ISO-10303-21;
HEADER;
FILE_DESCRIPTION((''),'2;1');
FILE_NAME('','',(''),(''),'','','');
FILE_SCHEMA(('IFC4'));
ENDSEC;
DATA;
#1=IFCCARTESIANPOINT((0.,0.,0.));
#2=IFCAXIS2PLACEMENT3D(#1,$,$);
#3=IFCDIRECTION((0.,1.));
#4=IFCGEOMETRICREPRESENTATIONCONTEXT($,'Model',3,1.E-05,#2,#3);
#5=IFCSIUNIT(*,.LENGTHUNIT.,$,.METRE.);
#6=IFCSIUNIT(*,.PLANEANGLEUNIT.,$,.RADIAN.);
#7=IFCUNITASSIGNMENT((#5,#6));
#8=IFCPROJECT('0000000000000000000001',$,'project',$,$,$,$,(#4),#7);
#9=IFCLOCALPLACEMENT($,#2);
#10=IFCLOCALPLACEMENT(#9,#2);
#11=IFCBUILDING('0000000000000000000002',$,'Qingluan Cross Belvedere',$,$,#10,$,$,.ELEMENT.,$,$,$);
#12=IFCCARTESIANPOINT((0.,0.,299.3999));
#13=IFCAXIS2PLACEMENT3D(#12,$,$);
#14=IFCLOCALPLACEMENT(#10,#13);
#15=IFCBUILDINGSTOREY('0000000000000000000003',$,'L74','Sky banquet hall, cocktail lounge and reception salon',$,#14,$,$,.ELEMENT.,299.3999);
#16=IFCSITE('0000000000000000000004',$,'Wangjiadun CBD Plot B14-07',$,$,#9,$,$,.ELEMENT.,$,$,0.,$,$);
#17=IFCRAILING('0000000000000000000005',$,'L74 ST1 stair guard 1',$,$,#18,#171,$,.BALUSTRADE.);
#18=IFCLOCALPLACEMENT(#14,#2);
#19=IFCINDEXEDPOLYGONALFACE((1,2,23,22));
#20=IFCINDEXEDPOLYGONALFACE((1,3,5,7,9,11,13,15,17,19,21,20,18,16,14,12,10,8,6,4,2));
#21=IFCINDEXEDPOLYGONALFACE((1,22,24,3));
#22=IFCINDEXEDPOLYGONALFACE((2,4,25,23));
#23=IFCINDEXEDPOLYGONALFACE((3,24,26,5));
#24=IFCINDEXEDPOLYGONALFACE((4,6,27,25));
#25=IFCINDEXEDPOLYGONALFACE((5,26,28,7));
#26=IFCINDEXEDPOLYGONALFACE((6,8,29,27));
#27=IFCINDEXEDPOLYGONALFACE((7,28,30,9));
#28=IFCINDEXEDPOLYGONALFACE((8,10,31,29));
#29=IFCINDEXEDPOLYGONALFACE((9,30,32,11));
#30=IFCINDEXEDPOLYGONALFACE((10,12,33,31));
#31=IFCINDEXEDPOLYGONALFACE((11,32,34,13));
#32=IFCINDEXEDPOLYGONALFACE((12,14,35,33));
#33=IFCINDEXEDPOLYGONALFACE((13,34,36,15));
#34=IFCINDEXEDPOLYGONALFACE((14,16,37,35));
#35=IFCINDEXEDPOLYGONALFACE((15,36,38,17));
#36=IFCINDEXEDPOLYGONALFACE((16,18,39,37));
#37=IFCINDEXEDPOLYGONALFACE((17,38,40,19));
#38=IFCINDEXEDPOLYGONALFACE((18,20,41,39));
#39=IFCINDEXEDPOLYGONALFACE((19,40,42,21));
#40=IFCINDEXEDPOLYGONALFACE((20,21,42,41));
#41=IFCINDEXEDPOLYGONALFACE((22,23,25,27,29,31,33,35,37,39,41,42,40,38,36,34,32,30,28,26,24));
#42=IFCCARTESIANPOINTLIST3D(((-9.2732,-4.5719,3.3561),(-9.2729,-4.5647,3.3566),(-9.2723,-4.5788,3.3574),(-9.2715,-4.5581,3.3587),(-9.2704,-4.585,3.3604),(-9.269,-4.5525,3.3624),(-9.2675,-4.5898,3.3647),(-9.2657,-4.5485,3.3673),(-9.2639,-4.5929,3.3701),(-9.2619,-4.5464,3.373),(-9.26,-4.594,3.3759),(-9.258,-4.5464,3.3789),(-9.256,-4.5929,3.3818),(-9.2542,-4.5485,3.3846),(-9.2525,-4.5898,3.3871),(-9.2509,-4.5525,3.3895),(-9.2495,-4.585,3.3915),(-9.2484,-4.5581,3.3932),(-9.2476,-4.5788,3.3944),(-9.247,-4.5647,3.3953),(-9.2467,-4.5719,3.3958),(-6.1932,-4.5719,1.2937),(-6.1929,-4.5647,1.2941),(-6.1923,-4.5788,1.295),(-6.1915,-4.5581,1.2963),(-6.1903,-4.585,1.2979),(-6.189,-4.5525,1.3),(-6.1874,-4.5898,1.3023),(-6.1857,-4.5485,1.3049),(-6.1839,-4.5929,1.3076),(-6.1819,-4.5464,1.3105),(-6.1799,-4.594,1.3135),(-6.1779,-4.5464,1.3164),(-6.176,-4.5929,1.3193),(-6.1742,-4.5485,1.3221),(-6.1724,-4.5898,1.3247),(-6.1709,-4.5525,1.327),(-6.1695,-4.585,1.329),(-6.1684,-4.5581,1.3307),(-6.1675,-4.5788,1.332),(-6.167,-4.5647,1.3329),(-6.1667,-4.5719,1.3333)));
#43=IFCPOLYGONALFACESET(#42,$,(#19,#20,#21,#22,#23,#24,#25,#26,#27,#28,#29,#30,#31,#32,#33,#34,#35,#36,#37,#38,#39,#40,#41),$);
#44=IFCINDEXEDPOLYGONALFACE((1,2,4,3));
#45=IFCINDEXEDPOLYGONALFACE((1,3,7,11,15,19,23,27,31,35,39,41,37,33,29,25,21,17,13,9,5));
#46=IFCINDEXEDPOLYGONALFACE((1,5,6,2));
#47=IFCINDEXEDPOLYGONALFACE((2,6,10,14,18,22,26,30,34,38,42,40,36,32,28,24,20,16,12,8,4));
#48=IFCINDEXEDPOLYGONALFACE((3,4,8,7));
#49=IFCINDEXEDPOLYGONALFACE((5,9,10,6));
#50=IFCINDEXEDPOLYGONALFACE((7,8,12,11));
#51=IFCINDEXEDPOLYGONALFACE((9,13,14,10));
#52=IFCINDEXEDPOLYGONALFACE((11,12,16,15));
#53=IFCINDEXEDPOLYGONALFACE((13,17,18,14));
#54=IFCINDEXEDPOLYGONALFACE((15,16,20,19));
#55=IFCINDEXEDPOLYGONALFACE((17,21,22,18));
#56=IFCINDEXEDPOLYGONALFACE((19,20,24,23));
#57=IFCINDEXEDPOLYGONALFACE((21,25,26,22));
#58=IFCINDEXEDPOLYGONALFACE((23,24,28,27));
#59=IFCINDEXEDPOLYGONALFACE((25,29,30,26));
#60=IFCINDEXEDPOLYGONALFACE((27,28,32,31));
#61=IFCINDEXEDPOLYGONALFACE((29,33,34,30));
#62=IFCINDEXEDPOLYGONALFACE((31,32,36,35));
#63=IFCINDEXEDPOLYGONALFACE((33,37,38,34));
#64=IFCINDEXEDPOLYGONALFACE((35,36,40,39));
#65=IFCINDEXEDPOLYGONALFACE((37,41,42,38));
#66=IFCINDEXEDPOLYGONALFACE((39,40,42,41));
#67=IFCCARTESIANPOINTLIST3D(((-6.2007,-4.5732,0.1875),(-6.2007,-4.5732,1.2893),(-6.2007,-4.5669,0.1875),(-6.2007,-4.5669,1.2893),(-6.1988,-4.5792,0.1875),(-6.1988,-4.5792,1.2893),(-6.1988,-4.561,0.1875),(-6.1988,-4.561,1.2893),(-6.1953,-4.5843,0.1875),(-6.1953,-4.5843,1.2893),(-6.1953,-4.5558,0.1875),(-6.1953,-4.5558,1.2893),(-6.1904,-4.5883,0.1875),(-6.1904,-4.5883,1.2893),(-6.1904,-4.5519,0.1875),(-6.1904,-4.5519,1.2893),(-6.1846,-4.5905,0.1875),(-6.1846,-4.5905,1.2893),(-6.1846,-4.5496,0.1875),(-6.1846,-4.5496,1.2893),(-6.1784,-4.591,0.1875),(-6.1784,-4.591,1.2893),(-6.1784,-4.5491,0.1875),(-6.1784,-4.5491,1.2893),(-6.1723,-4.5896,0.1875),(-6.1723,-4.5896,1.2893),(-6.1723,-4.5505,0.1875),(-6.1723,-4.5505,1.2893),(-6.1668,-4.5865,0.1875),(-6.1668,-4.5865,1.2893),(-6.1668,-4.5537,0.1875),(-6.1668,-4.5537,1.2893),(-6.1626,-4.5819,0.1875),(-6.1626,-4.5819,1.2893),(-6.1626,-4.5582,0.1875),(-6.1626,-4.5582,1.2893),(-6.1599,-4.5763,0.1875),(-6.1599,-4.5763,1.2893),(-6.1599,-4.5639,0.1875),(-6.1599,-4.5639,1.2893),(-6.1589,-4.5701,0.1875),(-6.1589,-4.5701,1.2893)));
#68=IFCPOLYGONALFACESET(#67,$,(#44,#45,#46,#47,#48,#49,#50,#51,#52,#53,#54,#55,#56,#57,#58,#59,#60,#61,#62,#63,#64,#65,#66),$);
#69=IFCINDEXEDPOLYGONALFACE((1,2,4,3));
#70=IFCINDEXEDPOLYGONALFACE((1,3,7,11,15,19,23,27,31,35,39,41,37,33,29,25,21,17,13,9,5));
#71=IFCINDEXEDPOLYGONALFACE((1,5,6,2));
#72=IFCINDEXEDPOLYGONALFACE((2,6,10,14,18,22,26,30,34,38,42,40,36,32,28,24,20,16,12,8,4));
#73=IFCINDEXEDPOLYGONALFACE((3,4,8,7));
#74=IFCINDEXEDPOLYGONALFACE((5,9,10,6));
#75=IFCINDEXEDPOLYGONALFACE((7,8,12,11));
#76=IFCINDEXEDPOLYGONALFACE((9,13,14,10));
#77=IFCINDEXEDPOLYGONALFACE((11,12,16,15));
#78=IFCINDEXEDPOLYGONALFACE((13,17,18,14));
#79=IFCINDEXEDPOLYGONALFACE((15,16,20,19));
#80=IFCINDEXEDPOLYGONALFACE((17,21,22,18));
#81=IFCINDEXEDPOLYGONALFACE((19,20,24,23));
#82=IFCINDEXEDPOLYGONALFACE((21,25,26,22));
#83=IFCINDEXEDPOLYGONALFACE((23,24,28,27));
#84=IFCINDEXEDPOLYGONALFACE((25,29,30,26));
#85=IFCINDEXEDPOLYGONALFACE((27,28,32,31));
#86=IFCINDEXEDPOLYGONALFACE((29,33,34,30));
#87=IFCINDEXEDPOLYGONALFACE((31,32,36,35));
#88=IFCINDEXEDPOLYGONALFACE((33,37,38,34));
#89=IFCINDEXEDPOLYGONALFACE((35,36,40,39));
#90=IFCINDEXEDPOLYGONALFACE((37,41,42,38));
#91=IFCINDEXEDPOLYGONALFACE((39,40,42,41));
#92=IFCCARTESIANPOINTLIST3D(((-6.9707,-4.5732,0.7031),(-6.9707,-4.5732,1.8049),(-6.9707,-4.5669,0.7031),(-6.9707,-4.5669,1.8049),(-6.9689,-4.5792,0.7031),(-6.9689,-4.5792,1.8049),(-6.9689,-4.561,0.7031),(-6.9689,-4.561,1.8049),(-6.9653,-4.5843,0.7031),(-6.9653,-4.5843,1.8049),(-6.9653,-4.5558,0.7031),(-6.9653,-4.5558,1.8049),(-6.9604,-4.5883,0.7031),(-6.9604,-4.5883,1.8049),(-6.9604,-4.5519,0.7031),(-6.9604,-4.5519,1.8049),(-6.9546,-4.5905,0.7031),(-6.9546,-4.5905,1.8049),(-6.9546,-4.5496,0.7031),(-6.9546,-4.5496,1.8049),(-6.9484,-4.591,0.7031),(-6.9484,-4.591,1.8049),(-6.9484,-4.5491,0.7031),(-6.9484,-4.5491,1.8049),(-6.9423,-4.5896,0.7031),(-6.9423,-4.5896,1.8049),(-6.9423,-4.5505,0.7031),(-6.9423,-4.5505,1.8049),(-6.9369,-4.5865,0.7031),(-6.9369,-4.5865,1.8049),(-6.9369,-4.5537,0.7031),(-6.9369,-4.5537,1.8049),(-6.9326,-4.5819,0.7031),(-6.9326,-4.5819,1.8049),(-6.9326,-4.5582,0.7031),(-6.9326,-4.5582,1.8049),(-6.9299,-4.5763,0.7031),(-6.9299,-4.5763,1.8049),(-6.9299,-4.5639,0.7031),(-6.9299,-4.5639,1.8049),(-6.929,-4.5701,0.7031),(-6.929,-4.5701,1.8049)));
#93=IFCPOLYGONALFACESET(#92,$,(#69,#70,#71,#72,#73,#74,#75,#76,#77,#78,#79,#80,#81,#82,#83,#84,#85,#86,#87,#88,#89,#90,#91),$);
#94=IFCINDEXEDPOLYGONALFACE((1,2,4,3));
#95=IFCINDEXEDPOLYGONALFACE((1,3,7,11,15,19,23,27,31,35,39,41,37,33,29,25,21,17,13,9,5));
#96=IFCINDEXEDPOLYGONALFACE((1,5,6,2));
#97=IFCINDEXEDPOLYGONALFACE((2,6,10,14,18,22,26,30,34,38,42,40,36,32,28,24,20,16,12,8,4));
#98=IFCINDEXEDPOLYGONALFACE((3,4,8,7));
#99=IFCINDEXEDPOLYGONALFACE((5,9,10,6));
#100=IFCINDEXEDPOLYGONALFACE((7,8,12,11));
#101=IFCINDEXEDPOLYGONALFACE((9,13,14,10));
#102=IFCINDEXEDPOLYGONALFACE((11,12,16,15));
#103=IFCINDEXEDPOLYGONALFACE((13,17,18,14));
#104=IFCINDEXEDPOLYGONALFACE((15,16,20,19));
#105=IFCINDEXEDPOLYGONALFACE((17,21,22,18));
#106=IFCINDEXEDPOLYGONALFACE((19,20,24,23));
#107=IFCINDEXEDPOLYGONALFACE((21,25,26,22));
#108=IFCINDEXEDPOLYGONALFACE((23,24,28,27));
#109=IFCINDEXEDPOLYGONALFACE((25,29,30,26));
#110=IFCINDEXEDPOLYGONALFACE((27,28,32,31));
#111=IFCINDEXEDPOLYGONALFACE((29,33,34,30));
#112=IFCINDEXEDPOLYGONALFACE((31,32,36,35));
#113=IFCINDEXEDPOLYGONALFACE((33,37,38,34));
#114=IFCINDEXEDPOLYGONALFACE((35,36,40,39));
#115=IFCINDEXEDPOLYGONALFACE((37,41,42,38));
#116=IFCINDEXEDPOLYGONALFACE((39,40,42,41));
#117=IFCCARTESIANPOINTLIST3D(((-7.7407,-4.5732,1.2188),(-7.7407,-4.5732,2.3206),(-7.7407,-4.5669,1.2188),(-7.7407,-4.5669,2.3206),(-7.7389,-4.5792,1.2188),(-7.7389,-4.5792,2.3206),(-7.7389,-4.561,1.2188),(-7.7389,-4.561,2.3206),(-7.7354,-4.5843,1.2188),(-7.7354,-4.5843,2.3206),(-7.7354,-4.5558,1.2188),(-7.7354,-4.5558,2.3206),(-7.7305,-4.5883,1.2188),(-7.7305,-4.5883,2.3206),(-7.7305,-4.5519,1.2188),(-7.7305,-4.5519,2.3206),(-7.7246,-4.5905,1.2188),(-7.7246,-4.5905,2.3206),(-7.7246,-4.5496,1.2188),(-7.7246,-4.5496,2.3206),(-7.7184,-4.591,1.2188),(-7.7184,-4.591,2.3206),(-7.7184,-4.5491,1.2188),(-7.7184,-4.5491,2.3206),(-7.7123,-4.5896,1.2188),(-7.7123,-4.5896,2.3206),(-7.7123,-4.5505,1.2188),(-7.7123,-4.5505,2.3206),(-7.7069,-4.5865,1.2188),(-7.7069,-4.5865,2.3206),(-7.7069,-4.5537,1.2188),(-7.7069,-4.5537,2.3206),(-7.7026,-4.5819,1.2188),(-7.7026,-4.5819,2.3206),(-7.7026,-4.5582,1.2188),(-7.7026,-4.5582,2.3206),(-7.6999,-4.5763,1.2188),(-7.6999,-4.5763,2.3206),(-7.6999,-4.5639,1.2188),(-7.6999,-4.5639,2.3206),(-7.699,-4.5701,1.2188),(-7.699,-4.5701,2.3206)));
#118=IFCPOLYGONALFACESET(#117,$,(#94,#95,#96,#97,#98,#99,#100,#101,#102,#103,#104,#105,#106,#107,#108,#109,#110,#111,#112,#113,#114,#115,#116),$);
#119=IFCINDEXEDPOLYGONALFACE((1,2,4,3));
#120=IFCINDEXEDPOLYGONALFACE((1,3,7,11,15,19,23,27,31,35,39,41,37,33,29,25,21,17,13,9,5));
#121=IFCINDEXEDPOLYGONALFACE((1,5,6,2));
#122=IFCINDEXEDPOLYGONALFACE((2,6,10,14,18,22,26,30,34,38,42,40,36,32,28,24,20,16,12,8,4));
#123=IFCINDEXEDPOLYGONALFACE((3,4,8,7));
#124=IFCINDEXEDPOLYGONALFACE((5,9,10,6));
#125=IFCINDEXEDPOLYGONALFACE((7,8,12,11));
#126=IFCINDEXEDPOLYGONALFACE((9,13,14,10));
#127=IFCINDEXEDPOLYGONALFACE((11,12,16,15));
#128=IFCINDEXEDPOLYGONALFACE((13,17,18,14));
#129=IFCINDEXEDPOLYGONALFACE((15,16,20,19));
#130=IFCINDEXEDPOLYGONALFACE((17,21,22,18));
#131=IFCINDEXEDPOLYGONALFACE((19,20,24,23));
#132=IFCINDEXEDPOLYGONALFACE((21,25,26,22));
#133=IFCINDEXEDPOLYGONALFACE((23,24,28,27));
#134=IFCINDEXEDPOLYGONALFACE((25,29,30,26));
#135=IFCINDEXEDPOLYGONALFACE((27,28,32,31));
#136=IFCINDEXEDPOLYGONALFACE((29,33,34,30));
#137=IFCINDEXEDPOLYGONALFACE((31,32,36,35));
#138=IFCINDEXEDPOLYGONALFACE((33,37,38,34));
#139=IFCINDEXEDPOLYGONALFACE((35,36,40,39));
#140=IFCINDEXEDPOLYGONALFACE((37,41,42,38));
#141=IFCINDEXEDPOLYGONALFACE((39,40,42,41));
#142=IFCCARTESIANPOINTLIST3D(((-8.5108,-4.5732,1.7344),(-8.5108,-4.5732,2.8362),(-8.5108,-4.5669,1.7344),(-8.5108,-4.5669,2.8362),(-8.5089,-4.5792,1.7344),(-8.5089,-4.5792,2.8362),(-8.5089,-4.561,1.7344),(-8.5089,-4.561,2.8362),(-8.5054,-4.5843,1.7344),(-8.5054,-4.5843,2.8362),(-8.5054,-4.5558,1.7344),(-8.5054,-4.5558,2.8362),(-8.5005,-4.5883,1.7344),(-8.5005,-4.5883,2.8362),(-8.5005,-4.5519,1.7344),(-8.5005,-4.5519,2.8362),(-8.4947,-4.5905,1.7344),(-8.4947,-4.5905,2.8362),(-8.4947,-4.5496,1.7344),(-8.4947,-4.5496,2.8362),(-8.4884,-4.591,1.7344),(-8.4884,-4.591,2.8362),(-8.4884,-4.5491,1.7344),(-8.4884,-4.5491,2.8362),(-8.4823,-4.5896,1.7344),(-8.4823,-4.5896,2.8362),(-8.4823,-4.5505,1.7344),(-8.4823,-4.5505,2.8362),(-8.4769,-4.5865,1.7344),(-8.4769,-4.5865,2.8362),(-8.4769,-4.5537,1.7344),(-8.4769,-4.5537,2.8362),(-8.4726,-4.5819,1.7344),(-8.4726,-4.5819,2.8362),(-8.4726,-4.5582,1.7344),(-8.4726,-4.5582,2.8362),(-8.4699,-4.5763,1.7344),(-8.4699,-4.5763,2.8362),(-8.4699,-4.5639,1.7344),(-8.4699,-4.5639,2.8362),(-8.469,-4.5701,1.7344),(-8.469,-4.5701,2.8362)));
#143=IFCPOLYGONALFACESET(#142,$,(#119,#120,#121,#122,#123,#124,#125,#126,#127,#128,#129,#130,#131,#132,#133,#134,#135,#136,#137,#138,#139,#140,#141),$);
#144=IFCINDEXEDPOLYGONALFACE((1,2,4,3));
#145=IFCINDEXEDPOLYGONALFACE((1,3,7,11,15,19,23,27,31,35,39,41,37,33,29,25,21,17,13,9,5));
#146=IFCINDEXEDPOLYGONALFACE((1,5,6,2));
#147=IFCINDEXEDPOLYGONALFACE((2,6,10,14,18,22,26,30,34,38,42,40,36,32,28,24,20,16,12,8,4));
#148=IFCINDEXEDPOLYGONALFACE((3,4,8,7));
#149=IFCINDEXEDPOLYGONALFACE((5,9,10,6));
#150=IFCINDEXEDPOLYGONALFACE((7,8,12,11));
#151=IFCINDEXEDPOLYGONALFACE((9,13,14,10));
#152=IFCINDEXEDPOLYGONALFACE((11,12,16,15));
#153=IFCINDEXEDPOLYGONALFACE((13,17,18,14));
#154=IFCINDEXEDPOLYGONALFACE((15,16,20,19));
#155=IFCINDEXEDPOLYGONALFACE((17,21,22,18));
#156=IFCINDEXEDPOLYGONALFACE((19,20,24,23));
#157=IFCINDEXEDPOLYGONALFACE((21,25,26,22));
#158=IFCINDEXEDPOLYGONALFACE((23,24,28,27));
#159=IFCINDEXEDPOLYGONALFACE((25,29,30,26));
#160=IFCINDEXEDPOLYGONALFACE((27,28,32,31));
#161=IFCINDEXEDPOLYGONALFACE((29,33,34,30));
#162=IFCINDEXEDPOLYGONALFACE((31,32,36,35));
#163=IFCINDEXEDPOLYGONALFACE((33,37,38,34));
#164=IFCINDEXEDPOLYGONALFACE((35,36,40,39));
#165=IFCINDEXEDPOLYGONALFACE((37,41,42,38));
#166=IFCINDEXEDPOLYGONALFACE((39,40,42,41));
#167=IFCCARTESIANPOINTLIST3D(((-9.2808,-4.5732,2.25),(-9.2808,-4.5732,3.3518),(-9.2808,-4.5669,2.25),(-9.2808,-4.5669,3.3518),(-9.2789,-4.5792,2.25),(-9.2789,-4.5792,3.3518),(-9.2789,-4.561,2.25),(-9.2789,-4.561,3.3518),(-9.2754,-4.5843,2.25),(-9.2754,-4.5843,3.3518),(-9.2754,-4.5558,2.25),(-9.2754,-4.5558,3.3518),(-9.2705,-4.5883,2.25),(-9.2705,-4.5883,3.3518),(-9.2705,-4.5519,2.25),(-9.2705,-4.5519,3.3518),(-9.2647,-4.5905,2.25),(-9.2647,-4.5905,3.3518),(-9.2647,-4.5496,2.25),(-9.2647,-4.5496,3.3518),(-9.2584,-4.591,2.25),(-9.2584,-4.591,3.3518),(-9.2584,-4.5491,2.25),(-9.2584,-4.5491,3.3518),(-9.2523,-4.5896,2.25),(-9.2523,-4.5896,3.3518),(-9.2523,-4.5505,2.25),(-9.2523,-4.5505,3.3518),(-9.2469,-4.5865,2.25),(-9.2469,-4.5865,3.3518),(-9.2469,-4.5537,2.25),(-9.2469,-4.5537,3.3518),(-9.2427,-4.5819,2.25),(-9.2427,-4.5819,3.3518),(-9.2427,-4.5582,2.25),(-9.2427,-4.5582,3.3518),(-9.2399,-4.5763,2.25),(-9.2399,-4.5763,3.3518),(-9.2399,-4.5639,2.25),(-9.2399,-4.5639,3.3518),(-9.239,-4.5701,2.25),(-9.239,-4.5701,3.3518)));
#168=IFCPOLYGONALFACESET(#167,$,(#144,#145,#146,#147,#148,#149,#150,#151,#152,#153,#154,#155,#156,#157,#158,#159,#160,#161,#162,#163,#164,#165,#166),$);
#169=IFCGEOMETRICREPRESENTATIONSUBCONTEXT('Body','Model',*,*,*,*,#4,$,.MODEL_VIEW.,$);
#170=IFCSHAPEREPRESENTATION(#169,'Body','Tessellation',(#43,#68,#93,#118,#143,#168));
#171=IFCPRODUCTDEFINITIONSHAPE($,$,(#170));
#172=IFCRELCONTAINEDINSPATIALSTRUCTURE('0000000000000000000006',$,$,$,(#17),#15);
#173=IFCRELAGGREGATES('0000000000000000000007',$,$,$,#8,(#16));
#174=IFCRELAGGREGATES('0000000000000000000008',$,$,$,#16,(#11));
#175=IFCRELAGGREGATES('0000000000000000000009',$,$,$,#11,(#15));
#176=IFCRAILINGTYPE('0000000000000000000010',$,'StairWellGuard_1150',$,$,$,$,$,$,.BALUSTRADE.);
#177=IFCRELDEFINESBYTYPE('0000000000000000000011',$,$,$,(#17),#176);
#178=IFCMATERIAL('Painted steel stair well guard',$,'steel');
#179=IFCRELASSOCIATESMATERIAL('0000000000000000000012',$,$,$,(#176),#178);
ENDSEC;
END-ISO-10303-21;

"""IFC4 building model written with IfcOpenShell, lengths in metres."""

from ifc_helpers import new_model, si_unit, direction, frame, origin, origin_2d, place, context, subcontext, project, spatial, circle, extrude, material, type_object, element, save


model = new_model("IFC4")

# Units and contexts
model_context = context("Model", 3, precision=1e-05, world=origin(), true_north=direction((0.0, 1.0)))
body_context = subcontext(model_context, "Body", "Model", "MODEL_VIEW")
ifc_project = project(units=[si_unit("LENGTHUNIT", "METRE"), si_unit("PLANEANGLEUNIT", "RADIAN")], contexts=[model_context])

# Site, building, storey
site_placement = place(None, origin())
site = spatial("IfcSite", under=ifc_project, at=site_placement, Name="Wangjiadun CBD Plot B14-07", CompositionType="ELEMENT", RefElevation=0.0)
building_placement = place(site_placement, origin())
building = spatial("IfcBuilding", under=site, at=building_placement, Name="Qingluan Cross Belvedere", CompositionType="ELEMENT")
storey_placement = place(building_placement, frame((0.0, 0.0, 299.3999)))
storey = spatial("IfcBuildingStorey", under=building, at=storey_placement, Name="L74", Description="Sky banquet hall, cocktail lounge and reception salon", CompositionType="ELEMENT", Elevation=299.3999)

# Railing
ifc_material_1 = material(Name="Painted steel stair well guard", Category="steel")
railing_type_1 = type_object("IfcRailingType", Name="StairWellGuard_1150", PredefinedType="BALUSTRADE", material=ifc_material_1)
railing_1_placement = place(storey_placement, frame((-6.1799, -4.5701, 0.1875)))
element("IfcRailing", 1, at=railing_1_placement, inside=storey, type_object=railing_type_1, Name="L74 ST1 stair guard 1", PredefinedType="BALUSTRADE", context=body_context, shape_type="SweptSolid", body=[
    extrude(circle(Radius=0.0239, at=origin_2d()), frame((0.0, 0.0, 1.126), z_axis=(-0.830914, 0.0, 0.556401), x_axis=(0.0, -1.0, 0.0)), (0.0, 0.0, 1.0), 3.7068),
    extrude(circle(Radius=0.021, at=origin_2d()), origin(), (0.0, 0.0, 1.0), 1.1018),
    extrude(circle(Radius=0.021, at=origin_2d()), frame((-0.77, 0.0, 0.5156)), (0.0, 0.0, 1.0), 1.1018),
    extrude(circle(Radius=0.021, at=origin_2d()), frame((-1.54, 0.0, 1.0312)), (0.0, 0.0, 1.0), 1.1018),
    extrude(circle(Radius=0.021, at=origin_2d()), frame((-2.3101, 0.0, 1.5469)), (0.0, 0.0, 1.0), 1.1018),
    extrude(circle(Radius=0.021, at=origin_2d()), frame((-3.0801, 0.0, 2.0625)), (0.0, 0.0, 1.0), 1.1018),
])

save(model, "model.ifc")
